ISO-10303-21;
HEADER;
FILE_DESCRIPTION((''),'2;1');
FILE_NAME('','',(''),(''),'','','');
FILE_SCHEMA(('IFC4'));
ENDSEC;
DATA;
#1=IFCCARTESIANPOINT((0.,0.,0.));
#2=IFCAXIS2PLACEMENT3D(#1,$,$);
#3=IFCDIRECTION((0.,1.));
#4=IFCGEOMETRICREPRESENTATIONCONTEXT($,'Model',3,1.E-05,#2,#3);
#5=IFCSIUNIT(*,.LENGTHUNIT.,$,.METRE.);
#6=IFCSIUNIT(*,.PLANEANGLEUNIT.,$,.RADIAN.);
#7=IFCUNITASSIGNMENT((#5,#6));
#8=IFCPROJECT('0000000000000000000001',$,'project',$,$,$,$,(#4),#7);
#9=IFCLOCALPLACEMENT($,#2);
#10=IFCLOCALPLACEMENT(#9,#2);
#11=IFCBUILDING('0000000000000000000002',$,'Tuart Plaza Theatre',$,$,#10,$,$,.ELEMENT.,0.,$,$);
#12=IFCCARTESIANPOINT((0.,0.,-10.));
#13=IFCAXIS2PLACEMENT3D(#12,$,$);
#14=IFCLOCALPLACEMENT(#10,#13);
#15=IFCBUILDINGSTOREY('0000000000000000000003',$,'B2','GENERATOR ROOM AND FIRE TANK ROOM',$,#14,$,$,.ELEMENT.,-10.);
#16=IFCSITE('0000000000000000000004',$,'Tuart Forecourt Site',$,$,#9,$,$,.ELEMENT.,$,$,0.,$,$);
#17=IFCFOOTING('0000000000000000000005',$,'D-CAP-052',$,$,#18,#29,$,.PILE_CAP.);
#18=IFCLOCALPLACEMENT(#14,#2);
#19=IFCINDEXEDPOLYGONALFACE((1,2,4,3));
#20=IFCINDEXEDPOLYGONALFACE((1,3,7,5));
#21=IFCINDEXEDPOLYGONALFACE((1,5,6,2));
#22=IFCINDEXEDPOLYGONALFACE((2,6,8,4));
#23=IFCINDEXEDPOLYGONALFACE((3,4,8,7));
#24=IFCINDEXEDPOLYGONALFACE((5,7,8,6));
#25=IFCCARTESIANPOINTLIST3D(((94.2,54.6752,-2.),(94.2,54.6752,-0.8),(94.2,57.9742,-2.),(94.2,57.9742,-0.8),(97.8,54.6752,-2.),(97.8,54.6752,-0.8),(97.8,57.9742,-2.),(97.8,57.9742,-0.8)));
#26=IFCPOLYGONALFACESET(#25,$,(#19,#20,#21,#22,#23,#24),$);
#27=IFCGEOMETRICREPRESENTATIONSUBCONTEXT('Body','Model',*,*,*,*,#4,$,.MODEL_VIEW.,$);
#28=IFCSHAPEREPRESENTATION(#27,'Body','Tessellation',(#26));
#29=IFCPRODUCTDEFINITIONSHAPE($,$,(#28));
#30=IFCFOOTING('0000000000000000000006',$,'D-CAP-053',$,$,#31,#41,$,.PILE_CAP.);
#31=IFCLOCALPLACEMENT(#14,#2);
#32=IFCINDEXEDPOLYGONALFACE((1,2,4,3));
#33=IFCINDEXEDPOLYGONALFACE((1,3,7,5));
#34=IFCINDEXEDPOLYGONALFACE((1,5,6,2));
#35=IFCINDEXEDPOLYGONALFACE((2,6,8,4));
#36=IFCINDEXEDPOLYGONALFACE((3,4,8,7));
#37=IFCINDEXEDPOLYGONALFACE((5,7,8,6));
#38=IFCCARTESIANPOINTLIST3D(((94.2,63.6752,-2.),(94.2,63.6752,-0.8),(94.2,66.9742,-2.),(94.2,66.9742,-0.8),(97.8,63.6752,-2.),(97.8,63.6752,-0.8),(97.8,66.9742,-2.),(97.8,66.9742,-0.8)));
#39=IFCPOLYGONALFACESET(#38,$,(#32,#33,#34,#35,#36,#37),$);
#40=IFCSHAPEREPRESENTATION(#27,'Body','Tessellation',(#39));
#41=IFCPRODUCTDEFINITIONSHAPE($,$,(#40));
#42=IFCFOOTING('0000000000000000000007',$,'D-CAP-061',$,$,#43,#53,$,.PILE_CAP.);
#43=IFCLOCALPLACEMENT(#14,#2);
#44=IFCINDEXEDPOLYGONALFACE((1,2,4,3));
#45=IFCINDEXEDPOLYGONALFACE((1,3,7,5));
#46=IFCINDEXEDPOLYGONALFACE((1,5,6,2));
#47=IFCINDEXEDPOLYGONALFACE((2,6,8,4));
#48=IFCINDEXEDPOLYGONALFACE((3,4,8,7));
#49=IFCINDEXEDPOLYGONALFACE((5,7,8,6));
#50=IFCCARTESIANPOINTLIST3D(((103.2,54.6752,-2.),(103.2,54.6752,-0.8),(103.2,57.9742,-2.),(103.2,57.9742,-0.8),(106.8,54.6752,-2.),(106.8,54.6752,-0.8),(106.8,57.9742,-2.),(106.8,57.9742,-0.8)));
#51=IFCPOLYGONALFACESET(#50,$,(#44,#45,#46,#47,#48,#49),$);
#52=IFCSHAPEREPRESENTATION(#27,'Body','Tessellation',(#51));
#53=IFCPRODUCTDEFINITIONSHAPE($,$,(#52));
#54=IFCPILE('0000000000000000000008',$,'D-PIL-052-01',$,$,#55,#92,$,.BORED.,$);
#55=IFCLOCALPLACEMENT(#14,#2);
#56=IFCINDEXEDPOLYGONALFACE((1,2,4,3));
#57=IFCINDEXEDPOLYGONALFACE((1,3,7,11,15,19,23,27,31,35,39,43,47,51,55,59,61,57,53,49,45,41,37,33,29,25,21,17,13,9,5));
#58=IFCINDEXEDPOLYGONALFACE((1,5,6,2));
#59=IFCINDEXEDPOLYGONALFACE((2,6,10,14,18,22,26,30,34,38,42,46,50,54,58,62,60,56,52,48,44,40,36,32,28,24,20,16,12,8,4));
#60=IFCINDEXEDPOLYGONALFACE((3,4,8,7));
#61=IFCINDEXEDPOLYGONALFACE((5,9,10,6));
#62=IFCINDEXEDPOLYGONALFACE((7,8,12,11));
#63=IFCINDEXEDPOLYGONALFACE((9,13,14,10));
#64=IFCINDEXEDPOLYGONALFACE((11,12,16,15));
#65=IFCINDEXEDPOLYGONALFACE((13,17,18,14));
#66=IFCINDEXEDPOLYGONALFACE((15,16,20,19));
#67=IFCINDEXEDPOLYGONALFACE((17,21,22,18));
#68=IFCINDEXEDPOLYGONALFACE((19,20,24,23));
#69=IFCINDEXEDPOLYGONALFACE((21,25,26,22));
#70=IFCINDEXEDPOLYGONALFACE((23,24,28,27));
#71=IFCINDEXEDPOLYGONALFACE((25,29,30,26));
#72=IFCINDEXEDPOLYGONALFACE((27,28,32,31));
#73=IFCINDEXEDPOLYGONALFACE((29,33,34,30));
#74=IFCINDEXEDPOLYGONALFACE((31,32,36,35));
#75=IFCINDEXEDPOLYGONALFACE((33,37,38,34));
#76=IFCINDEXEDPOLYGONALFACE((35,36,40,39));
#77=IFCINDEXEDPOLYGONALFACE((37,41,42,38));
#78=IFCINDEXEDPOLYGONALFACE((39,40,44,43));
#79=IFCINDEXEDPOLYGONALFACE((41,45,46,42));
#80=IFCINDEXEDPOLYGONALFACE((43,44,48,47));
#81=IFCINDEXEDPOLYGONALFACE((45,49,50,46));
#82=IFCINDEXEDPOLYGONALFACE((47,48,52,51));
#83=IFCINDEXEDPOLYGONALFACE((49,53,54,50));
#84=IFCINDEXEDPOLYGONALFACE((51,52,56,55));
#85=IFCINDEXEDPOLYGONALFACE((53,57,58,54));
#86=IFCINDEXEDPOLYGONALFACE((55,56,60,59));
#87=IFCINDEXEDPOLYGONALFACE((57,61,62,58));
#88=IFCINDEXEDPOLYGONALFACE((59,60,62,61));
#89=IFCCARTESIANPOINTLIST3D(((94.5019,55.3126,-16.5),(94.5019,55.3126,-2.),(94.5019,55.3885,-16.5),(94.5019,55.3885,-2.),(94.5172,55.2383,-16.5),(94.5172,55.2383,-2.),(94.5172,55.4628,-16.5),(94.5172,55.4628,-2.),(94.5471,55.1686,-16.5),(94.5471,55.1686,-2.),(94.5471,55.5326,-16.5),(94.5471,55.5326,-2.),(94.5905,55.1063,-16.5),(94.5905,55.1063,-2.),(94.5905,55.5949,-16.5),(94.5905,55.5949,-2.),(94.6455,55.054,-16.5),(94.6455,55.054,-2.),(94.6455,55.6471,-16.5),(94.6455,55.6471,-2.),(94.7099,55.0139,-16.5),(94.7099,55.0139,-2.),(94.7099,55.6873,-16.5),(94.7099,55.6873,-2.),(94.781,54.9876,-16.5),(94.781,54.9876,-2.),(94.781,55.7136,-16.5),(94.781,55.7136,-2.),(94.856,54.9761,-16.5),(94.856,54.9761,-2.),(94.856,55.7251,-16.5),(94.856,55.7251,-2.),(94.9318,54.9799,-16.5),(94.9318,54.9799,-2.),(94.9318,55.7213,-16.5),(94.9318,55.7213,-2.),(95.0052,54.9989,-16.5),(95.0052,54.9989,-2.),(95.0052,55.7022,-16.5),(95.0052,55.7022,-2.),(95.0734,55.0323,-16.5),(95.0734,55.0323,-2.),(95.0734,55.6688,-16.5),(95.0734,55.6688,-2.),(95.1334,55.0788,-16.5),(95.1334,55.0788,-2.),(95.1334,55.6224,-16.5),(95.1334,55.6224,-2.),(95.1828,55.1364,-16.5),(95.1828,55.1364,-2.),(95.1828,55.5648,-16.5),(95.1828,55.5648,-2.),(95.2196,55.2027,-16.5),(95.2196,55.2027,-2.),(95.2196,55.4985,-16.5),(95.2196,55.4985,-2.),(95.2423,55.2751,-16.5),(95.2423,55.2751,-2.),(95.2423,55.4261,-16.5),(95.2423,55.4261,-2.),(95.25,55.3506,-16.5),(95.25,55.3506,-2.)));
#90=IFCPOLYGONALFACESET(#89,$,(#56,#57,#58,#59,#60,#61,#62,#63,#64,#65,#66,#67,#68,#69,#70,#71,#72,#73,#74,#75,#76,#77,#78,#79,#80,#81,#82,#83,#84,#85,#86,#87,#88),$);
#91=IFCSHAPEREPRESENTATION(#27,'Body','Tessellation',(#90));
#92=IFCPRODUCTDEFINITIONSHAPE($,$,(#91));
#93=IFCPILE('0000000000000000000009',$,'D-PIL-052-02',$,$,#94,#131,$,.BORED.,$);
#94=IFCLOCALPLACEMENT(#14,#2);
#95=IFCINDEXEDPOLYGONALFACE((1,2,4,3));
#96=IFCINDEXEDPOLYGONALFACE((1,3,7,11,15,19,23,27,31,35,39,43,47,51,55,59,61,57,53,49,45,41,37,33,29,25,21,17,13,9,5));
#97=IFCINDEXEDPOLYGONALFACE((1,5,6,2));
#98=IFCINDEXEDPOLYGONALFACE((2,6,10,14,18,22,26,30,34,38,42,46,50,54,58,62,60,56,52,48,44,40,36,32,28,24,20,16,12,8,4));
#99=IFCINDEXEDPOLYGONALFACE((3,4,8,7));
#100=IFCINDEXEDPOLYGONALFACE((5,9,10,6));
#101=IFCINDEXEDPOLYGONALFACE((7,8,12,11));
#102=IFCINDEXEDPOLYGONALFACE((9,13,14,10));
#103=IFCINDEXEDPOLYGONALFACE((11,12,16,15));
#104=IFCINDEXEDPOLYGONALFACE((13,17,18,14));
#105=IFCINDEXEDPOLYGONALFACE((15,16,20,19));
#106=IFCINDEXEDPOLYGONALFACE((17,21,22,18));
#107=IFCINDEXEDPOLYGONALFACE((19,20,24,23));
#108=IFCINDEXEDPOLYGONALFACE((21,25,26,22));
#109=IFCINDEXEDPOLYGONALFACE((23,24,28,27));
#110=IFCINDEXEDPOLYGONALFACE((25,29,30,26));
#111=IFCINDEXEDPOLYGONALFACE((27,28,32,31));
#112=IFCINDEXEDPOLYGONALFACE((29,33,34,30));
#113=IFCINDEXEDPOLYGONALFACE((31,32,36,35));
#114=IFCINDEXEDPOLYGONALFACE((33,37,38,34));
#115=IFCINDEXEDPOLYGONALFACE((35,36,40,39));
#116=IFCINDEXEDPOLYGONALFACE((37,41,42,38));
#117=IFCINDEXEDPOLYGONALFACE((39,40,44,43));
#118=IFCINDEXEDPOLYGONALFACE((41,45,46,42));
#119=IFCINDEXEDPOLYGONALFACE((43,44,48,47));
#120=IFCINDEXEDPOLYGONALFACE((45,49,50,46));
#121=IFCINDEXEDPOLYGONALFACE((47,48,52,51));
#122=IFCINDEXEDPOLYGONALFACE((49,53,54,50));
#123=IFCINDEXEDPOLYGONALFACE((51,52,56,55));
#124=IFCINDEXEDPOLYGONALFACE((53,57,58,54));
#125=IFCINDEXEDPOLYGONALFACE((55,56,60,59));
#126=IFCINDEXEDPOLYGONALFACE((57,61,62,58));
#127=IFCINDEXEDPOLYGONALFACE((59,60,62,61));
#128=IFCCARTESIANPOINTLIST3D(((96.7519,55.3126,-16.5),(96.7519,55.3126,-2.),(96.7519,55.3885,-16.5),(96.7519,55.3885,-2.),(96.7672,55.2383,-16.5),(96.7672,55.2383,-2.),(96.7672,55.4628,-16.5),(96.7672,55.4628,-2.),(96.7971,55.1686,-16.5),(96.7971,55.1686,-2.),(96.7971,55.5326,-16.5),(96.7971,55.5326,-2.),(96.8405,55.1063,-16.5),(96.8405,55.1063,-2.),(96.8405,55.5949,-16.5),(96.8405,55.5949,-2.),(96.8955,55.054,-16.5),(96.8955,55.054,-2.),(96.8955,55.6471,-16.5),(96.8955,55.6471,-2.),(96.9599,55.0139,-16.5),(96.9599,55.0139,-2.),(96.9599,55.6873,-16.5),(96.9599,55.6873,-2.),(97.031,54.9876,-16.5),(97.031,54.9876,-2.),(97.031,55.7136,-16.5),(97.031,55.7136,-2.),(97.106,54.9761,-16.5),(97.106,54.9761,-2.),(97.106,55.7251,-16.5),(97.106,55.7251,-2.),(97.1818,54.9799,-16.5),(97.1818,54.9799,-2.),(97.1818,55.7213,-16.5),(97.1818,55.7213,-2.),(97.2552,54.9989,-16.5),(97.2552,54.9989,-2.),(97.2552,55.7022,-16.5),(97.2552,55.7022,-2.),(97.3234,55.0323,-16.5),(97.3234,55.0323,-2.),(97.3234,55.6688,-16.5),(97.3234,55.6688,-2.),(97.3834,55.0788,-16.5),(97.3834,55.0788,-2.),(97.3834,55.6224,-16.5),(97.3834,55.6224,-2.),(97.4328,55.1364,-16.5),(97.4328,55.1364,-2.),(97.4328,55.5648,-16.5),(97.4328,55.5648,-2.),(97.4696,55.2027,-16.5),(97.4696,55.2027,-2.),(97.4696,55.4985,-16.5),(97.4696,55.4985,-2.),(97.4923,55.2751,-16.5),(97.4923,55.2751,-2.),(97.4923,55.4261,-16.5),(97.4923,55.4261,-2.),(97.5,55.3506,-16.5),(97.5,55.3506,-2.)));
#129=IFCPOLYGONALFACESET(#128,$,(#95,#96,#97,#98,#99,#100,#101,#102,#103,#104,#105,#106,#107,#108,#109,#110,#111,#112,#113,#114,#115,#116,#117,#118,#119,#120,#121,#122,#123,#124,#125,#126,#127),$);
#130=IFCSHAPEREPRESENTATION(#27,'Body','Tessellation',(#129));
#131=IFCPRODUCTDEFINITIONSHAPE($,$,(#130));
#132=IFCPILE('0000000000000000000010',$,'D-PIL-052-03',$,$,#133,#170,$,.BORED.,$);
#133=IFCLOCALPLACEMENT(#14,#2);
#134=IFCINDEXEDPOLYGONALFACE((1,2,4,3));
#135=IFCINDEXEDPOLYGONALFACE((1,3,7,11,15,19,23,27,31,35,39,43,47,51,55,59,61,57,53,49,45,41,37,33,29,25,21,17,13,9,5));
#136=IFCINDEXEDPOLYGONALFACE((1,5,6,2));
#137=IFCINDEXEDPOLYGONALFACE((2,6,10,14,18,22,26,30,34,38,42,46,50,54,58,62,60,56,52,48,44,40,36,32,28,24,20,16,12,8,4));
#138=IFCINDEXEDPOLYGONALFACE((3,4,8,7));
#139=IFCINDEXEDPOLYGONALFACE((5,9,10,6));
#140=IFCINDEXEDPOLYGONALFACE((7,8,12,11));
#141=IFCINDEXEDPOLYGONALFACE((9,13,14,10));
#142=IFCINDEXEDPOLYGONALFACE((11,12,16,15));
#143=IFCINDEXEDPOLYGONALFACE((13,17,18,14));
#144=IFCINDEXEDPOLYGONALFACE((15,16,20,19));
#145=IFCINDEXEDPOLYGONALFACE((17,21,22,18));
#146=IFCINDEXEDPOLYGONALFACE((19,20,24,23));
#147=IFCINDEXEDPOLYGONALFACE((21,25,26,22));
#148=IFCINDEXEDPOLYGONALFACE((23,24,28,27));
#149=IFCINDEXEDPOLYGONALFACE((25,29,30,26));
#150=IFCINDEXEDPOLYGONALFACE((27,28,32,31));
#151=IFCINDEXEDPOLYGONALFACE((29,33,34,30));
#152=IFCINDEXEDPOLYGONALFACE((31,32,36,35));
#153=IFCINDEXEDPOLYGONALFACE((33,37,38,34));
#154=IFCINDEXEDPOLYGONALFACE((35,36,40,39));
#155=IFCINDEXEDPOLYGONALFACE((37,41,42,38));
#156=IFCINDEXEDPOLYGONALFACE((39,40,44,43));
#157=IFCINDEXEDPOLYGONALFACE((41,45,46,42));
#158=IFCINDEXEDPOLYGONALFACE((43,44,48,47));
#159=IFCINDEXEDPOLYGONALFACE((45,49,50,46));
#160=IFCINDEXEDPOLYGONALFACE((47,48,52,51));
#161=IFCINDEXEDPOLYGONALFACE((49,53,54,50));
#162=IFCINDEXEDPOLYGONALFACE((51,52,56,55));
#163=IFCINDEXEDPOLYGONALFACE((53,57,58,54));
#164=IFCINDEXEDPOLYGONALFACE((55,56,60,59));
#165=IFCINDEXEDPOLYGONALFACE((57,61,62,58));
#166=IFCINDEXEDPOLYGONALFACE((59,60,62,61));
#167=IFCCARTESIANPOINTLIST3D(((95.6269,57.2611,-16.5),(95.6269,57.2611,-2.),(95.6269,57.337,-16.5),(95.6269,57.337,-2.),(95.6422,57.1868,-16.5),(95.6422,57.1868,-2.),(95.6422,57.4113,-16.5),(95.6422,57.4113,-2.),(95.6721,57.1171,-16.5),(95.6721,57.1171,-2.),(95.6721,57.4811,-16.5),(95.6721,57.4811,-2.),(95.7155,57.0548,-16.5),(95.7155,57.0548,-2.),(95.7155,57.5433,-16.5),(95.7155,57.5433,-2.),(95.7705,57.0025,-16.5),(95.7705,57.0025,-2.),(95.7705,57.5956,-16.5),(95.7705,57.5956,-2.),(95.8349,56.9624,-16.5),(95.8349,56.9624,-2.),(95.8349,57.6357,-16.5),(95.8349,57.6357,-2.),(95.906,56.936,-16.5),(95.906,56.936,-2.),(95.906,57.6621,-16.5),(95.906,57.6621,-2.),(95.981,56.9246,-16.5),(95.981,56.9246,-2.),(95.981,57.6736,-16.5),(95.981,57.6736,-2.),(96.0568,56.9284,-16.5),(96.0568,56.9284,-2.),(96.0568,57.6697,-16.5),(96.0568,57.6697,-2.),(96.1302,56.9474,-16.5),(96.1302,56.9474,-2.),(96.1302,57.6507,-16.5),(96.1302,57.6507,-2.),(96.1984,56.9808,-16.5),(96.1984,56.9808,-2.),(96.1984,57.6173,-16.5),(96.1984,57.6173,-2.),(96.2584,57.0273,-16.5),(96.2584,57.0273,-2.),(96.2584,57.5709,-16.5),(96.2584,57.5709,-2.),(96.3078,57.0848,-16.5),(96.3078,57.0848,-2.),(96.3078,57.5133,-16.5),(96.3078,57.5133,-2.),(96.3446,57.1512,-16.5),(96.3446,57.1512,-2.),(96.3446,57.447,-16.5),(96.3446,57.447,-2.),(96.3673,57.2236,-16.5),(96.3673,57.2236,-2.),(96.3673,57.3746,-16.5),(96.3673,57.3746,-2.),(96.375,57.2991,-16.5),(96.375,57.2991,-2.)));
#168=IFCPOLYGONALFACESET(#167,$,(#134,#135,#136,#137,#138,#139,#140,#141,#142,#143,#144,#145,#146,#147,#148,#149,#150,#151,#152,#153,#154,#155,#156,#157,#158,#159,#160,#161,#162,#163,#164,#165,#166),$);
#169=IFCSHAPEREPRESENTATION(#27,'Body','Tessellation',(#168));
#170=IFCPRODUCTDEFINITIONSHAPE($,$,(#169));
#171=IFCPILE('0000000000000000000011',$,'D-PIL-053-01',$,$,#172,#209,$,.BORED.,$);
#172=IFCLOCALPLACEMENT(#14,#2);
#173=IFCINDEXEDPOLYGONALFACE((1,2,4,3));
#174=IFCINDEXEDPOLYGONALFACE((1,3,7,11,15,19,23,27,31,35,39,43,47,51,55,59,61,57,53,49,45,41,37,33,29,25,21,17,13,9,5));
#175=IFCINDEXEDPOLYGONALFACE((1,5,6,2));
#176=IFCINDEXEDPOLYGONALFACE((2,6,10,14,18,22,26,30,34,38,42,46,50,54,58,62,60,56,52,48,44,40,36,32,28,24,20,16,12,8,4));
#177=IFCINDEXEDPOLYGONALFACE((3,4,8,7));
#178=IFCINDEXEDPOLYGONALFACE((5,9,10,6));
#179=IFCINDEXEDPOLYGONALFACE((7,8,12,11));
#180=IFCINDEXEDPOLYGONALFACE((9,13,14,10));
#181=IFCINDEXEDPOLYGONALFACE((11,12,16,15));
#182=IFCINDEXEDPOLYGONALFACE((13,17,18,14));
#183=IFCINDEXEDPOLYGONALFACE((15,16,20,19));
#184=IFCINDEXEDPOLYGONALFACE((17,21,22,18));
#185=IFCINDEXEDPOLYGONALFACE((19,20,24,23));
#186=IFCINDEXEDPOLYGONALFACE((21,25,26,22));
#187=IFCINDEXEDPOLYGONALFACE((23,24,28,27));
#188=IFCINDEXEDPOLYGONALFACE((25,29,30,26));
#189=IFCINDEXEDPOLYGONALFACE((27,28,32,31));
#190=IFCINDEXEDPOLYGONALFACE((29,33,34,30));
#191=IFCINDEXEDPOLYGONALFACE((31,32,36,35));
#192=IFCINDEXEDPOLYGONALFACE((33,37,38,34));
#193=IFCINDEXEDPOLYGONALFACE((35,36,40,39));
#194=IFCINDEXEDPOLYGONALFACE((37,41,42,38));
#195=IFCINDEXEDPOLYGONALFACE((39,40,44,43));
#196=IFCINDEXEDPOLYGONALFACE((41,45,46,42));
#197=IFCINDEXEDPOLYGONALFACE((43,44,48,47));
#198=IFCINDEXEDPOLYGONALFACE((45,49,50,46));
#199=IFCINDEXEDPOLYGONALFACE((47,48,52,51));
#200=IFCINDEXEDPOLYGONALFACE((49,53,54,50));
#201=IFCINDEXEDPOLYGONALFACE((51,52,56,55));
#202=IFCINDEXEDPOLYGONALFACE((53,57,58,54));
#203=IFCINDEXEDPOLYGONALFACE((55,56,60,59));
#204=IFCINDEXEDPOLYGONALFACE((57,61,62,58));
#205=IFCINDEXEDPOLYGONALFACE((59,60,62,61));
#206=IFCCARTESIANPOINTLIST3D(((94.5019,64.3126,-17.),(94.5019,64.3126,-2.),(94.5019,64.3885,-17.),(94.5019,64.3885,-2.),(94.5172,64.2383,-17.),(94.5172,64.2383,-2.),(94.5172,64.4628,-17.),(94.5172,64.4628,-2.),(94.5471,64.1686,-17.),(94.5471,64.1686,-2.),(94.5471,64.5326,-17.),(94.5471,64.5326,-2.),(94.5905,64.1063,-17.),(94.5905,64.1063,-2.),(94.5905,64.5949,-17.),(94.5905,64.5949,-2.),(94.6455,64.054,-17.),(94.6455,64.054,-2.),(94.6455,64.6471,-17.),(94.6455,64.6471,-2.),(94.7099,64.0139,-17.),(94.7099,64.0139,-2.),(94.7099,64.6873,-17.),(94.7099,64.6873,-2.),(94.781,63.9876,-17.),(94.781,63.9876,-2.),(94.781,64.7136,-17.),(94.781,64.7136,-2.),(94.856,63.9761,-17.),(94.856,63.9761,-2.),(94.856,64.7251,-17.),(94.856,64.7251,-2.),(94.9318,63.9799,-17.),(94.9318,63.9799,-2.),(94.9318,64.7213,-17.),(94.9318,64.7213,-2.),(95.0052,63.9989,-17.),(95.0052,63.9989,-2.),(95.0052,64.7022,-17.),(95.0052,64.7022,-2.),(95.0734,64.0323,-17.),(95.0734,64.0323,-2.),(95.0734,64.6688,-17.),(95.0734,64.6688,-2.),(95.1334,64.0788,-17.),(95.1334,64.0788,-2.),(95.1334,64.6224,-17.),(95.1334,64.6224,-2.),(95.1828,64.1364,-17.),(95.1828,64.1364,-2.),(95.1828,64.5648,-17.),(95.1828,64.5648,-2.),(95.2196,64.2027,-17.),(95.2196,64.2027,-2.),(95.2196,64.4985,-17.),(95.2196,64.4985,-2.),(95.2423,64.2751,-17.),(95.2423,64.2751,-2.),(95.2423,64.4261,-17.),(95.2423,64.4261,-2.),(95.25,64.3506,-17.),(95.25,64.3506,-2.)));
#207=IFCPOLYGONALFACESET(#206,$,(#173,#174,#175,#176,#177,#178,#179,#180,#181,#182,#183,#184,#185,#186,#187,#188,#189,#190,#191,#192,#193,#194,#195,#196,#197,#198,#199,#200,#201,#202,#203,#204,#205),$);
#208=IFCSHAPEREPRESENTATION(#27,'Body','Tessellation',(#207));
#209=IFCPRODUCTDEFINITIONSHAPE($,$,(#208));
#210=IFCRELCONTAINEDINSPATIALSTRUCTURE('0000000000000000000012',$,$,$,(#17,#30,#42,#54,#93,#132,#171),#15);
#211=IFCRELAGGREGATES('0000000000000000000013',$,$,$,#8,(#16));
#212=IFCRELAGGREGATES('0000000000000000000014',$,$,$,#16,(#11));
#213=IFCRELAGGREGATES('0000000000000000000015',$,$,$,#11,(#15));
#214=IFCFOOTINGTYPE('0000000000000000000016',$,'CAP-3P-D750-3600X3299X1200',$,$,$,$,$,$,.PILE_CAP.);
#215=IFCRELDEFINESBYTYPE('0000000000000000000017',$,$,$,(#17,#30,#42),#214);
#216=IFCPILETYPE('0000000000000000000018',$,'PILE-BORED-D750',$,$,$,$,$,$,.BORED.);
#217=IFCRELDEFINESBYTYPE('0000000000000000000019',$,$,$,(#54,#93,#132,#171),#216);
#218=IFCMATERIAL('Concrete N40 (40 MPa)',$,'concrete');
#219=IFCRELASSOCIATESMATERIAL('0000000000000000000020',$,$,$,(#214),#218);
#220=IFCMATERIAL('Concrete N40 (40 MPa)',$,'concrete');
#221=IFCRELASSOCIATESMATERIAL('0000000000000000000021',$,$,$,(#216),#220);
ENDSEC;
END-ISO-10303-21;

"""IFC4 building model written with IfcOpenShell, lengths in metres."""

from ifc_helpers import new_model, si_unit, direction, frame, origin, origin_2d, place, context, subcontext, project, spatial, rectangle, circle, extrude, material, material_profile, profile_set, type_object, element, save


model = new_model("IFC4")

# Units and contexts
model_context = context("Model", 3, precision=1e-05, world=origin(), true_north=direction((0.0, 1.0)))
body_context = subcontext(model_context, "Body", "Model", "MODEL_VIEW")
ifc_project = project(units=[si_unit("LENGTHUNIT", "METRE"), si_unit("PLANEANGLEUNIT", "RADIAN")], contexts=[model_context])

# Site, building, storey
site_placement = place(None, origin())
site = spatial("IfcSite", under=ifc_project, at=site_placement, Name="Tuart Forecourt Site", CompositionType="ELEMENT", RefElevation=0.0)
building_placement = place(site_placement, origin())
building = spatial("IfcBuilding", under=site, at=building_placement, Name="Tuart Plaza Theatre", CompositionType="ELEMENT", ElevationOfRefHeight=0.0)
storey_placement = place(building_placement, frame((0.0, 0.0, -10.0)))
storey = spatial("IfcBuildingStorey", under=building, at=storey_placement, Name="B2", Description="GENERATOR ROOM AND FIRE TANK ROOM", CompositionType="ELEMENT", Elevation=-10.0)

# Footings
ifc_material_1 = material(Name="Concrete N40 (40 MPa)", Category="concrete")
footing_type = type_object("IfcFootingType", Name="CAP-3P-D750-3600X3299X1200", PredefinedType="PILE_CAP", material=ifc_material_1)
for number, where, z_axis, x_axis, name in (
    (1, (96.0, 56.3247, -2.0), (0.0, 0.0, 1.0), (1.0, 0.0, 0.0), "D-CAP-052"),
    (2, (96.0, 65.3247, -2.0), (0.0, 0.0, 1.0), (1.0, 0.0, 0.0), "D-CAP-053"),
    (3, (105.0, 56.3247, -2.0), (0.0, 0.0, 1.0), (1.0, 0.0, 0.0), "D-CAP-061"),
):
    element("IfcFooting", number, at=place(storey_placement, frame(where, z_axis=z_axis, x_axis=x_axis)), inside=storey, type_object=footing_type, Name=name, PredefinedType="PILE_CAP", context=body_context, shape_type="SweptSolid", body=[
        extrude(rectangle(XDim=3.6001, YDim=3.2991, at=origin_2d()), origin(), (0.0, 0.0, 1.0), 1.2),
    ])

# Piles
ifc_material_2 = material(Name="Concrete N40 (40 MPa)", Category="concrete")
ifc_material_profile_1 = material_profile(ifc_material_2, circle(Radius=0.375, at=origin_2d()), Name="PILE-BORED-D750")
ifc_profile_set_1 = profile_set([ifc_material_profile_1], Name="Concrete N40 (40 MPa)")
pile_type_1 = type_object("IfcPileType", Name="PILE-BORED-D750", PredefinedType="BORED", material=ifc_profile_set_1)
for number, where, z_axis, x_axis, name in (
    (4, (94.875, 55.3506, -2.0), (0.0, 0.0, -1.0), (1.0, 0.0, 0.0), "D-PIL-052-01"),
    (5, (97.125, 55.3506, -2.0), (0.0, 0.0, -1.0), (1.0, 0.0, 0.0), "D-PIL-052-02"),
    (6, (96.0, 57.2991, -2.0), (0.0, 0.0, -1.0), (1.0, 0.0, 0.0), "D-PIL-052-03"),
):
    element("IfcPile", number, at=place(storey_placement, frame(where, z_axis=z_axis, x_axis=x_axis)), inside=storey, type_object=pile_type_1, Name=name, PredefinedType="BORED", context=body_context, shape_type="SweptSolid", body=[
        extrude(circle(Radius=0.375, at=origin_2d()), origin(), (0.0, 0.0, 1.0), 14.5),
    ])
for number, where, z_axis, x_axis, name in (
    (7, (94.875, 64.3506, -2.0), (0.0, 0.0, -1.0), (1.0, 0.0, 0.0), "D-PIL-053-01"),
):
    element("IfcPile", number, at=place(storey_placement, frame(where, z_axis=z_axis, x_axis=x_axis)), inside=storey, type_object=pile_type_1, Name=name, PredefinedType="BORED", context=body_context, shape_type="SweptSolid", body=[
        extrude(circle(Radius=0.375, at=origin_2d()), origin(), (0.0, 0.0, 1.0), 15.0),
    ])

save(model, "model.ifc")
